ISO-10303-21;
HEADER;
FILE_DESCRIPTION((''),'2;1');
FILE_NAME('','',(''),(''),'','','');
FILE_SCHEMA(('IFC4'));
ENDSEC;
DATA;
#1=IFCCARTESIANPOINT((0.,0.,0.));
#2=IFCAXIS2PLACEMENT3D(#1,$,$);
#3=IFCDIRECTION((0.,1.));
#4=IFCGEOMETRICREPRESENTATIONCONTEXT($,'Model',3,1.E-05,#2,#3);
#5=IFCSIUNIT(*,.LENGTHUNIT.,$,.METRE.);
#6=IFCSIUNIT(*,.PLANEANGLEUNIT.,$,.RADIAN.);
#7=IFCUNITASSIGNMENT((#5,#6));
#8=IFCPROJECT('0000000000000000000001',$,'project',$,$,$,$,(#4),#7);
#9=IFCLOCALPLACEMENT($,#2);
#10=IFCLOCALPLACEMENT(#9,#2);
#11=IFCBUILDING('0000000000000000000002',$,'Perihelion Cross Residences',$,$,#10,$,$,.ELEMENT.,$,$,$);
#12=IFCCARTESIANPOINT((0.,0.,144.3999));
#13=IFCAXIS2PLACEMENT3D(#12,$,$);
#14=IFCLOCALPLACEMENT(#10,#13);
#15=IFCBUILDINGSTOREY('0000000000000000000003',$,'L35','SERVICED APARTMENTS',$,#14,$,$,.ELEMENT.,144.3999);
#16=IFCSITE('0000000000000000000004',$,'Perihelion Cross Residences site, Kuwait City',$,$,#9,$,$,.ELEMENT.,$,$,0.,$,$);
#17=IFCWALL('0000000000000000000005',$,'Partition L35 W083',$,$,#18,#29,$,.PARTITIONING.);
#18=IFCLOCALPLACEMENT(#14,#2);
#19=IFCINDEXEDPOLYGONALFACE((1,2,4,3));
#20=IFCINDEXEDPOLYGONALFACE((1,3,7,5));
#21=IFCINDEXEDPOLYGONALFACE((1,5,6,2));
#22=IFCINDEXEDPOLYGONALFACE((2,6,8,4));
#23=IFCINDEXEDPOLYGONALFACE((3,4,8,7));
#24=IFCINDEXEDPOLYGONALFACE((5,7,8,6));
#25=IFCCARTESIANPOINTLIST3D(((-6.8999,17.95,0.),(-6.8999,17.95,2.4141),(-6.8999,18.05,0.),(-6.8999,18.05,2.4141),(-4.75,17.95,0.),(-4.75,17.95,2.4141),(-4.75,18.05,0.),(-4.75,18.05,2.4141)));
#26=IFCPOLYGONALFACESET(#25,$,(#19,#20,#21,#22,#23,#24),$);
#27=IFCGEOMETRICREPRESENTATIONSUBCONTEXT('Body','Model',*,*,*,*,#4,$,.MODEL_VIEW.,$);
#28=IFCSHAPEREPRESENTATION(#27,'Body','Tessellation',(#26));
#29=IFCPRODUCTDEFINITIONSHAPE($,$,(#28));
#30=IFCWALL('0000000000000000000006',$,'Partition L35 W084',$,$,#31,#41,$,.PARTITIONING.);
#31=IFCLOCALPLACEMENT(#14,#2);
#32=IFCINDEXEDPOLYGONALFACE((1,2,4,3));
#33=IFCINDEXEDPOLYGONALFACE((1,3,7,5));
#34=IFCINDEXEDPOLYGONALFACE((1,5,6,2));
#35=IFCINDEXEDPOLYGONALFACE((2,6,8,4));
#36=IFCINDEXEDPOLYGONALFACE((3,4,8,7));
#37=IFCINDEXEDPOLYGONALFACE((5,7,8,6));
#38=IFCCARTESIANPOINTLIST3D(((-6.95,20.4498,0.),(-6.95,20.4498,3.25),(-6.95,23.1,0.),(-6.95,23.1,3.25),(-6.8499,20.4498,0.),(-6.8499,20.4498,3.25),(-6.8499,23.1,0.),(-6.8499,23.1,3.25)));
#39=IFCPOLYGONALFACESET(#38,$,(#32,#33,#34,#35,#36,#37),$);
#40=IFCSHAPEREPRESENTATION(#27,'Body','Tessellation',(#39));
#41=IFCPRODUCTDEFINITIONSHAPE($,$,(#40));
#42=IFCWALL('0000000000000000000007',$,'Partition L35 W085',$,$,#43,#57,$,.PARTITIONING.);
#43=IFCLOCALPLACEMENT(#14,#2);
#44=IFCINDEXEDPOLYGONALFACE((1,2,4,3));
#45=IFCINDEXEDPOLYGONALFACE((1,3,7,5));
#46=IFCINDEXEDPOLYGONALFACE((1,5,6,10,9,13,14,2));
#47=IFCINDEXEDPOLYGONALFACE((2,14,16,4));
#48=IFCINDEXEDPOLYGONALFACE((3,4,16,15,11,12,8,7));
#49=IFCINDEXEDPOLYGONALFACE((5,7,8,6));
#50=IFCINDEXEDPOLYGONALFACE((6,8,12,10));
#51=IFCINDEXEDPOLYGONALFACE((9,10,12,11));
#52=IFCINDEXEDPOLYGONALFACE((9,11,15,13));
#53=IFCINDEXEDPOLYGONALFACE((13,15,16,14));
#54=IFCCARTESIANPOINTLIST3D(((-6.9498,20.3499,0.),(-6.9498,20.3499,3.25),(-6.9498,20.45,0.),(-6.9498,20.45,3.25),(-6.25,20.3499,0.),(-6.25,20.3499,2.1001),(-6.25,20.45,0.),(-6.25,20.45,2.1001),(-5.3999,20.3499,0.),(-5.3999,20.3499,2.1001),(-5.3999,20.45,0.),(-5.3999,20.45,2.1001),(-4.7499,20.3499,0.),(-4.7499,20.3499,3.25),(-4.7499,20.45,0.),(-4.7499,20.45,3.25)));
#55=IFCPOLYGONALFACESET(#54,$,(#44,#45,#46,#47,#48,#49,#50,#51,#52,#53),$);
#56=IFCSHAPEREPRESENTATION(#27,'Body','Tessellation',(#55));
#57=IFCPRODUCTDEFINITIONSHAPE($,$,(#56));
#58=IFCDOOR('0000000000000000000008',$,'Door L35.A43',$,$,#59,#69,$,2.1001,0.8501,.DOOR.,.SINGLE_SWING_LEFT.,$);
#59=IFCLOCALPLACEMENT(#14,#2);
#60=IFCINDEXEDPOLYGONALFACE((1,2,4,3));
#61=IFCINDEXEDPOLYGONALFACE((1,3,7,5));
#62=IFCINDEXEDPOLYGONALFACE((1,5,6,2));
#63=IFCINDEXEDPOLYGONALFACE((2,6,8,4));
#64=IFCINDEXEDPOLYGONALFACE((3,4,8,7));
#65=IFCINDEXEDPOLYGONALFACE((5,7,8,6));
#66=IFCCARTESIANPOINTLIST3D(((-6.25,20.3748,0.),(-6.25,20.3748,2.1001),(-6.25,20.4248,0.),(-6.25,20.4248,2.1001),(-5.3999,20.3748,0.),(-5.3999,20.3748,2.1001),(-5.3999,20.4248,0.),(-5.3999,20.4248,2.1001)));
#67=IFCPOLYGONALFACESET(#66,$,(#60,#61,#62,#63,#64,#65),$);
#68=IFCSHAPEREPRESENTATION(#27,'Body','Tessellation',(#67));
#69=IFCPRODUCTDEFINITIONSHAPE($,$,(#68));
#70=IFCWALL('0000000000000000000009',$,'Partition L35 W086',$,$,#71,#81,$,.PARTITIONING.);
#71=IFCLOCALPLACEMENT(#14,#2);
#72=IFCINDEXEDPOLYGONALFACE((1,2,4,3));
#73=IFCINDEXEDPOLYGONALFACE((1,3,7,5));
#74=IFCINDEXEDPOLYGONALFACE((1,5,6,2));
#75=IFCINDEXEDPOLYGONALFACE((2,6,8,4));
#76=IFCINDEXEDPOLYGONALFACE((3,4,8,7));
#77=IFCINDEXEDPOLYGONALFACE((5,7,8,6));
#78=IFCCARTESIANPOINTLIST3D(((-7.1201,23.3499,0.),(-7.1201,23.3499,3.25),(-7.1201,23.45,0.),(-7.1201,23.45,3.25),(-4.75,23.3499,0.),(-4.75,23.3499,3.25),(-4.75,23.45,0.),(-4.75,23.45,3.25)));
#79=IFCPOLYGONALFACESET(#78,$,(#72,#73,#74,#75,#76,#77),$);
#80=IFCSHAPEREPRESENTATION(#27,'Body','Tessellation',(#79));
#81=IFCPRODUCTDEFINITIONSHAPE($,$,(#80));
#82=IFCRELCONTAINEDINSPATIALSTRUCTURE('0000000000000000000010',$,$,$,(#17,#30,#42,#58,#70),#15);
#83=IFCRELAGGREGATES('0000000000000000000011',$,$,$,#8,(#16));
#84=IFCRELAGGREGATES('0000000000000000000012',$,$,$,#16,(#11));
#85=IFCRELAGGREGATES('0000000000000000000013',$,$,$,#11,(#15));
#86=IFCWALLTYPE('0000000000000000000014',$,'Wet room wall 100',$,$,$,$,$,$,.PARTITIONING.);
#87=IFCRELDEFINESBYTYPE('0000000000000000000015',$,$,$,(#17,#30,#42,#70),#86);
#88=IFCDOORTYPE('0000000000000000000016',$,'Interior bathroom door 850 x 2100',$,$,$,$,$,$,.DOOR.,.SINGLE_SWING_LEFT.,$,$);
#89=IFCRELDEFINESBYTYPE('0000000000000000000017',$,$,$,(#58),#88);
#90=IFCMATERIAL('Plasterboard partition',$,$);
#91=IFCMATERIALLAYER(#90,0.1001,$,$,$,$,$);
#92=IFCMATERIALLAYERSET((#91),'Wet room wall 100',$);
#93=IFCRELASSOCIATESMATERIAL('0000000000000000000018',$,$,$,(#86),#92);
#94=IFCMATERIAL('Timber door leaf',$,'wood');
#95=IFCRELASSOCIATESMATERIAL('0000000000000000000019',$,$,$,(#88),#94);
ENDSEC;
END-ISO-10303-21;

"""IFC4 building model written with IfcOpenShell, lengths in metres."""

from ifc_helpers import new_model, si_unit, direction, frame, frame_2d, origin, place, context, subcontext, project, spatial, rectangle, extrude, material, layer, layer_set, type_object, element, fill, save


model = new_model("IFC4")

# Units and contexts
model_context = context("Model", 3, precision=1e-05, world=origin(), true_north=direction((0.0, 1.0)))
body_context = subcontext(model_context, "Body", "Model", "MODEL_VIEW")
ifc_project = project(units=[si_unit("LENGTHUNIT", "METRE"), si_unit("PLANEANGLEUNIT", "RADIAN")], contexts=[model_context])

# Site, building, storey
site_placement = place(None, origin())
site = spatial("IfcSite", under=ifc_project, at=site_placement, Name="Perihelion Cross Residences site, Kuwait City", CompositionType="ELEMENT", RefElevation=0.0)
building_placement = place(site_placement, origin())
building = spatial("IfcBuilding", under=site, at=building_placement, Name="Perihelion Cross Residences", CompositionType="ELEMENT")
storey_placement = place(building_placement, frame((0.0, 0.0, 144.3999)))
storey = spatial("IfcBuildingStorey", under=building, at=storey_placement, Name="L35", Description="SERVICED APARTMENTS", CompositionType="ELEMENT", Elevation=144.3999)

# Walls
ifc_material_1 = material(Name="Plasterboard partition")
ifc_layer_1 = layer(ifc_material_1, 0.1001)
ifc_layer_set_1 = layer_set([ifc_layer_1], Name="Wet room wall 100")
wall_type_1 = type_object("IfcWallType", Name="Wet room wall 100", PredefinedType="PARTITIONING", material=ifc_layer_set_1)
wall_1_placement = place(storey_placement, frame((-6.8999, 18.0, 0.0), z_axis=(0.0, 0.0, 1.0), x_axis=(1.0, 0.0, 0.0)))
element("IfcWall", 1, at=wall_1_placement, inside=storey, type_object=wall_type_1, Name="Partition L35 W083", PredefinedType="PARTITIONING", context=body_context, shape_type="SweptSolid", body=[
    extrude(rectangle(XDim=2.1499, YDim=0.1001, at=frame_2d((1.075, 0.0))), origin(), (0.0, 0.0, 1.0), 2.4141),
])
wall_2_placement = place(storey_placement, frame((-6.8999, 23.1001, 0.0), z_axis=(0.0, 0.0, 1.0), x_axis=(0.0, -1.0, 0.0)))
element("IfcWall", 2, at=wall_2_placement, inside=storey, type_object=wall_type_1, Name="Partition L35 W084", PredefinedType="PARTITIONING", context=body_context, shape_type="SweptSolid", body=[
    extrude(rectangle(XDim=2.6501, YDim=0.1001, at=frame_2d((1.3252, 0.0))), origin(), (0.0, 0.0, 1.0), 3.25),
])

# Wall, opening, door
wall_3_placement = place(storey_placement, frame((-6.95, 20.3999, 0.0), z_axis=(0.0, 0.0, 1.0), x_axis=(1.0, 0.0, 0.0)))
wall_3 = element("IfcWall", 3, at=wall_3_placement, inside=storey, type_object=wall_type_1, Name="Partition L35 W085", PredefinedType="PARTITIONING", context=body_context, shape_type="SweptSolid", body=[
    extrude(rectangle(XDim=2.2, YDim=0.1001, at=frame_2d((1.1001, 0.0))), origin(), (0.0, 0.0, 1.0), 3.25),
])
opening_1_placement = place(wall_3_placement, frame((0.7, 0.0, 0.0)))
opening_1 = element("IfcOpeningElement", 4, at=opening_1_placement, cuts=wall_3, PredefinedType="OPENING", context=body_context, shape_type="SweptSolid", body=[
    extrude(rectangle(XDim=0.8501, YDim=2.1001, at=frame_2d((0.425, 1.05))), frame((0.0, 0.0601, 0.0), z_axis=(0.0, -1.0, 0.0), x_axis=(1.0, 0.0, 0.0)), (0.0, 0.0, 1.0), 0.1201),
])
ifc_material_2 = material(Name="Timber door leaf", Category="wood")
door_type_1 = type_object("IfcDoorType", Name="Interior bathroom door 850 x 2100", OperationType="SINGLE_SWING_LEFT", PredefinedType="DOOR", material=ifc_material_2)
door_1_placement = place(opening_1_placement, origin())
door_1 = element("IfcDoor", 5, at=door_1_placement, inside=storey, type_object=door_type_1, Name="Door L35.A43", OperationType="SINGLE_SWING_LEFT", OverallHeight=2.1001, OverallWidth=0.8501, PredefinedType="DOOR", context=body_context, shape_type="SweptSolid", body=[
    extrude(rectangle(XDim=0.8501, YDim=2.1001, at=frame_2d((0.425, 1.05))), frame((0.0, 0.0249, 0.0), z_axis=(0.0, -1.0, 0.0), x_axis=(1.0, 0.0, 0.0)), (0.0, 0.0, 1.0), 0.05),
])
fill(opening_1, door_1)

# Wall
wall_4_placement = place(storey_placement, frame((-7.1201, 23.3999, 0.0), z_axis=(0.0, 0.0, 1.0), x_axis=(1.0, 0.0, 0.0)))
element("IfcWall", 6, at=wall_4_placement, inside=storey, type_object=wall_type_1, Name="Partition L35 W086", PredefinedType="PARTITIONING", context=body_context, shape_type="SweptSolid", body=[
    extrude(rectangle(XDim=2.3701, YDim=0.1001, at=frame_2d((1.1851, 0.0))), origin(), (0.0, 0.0, 1.0), 3.25),
])

save(model, "model.ifc")
